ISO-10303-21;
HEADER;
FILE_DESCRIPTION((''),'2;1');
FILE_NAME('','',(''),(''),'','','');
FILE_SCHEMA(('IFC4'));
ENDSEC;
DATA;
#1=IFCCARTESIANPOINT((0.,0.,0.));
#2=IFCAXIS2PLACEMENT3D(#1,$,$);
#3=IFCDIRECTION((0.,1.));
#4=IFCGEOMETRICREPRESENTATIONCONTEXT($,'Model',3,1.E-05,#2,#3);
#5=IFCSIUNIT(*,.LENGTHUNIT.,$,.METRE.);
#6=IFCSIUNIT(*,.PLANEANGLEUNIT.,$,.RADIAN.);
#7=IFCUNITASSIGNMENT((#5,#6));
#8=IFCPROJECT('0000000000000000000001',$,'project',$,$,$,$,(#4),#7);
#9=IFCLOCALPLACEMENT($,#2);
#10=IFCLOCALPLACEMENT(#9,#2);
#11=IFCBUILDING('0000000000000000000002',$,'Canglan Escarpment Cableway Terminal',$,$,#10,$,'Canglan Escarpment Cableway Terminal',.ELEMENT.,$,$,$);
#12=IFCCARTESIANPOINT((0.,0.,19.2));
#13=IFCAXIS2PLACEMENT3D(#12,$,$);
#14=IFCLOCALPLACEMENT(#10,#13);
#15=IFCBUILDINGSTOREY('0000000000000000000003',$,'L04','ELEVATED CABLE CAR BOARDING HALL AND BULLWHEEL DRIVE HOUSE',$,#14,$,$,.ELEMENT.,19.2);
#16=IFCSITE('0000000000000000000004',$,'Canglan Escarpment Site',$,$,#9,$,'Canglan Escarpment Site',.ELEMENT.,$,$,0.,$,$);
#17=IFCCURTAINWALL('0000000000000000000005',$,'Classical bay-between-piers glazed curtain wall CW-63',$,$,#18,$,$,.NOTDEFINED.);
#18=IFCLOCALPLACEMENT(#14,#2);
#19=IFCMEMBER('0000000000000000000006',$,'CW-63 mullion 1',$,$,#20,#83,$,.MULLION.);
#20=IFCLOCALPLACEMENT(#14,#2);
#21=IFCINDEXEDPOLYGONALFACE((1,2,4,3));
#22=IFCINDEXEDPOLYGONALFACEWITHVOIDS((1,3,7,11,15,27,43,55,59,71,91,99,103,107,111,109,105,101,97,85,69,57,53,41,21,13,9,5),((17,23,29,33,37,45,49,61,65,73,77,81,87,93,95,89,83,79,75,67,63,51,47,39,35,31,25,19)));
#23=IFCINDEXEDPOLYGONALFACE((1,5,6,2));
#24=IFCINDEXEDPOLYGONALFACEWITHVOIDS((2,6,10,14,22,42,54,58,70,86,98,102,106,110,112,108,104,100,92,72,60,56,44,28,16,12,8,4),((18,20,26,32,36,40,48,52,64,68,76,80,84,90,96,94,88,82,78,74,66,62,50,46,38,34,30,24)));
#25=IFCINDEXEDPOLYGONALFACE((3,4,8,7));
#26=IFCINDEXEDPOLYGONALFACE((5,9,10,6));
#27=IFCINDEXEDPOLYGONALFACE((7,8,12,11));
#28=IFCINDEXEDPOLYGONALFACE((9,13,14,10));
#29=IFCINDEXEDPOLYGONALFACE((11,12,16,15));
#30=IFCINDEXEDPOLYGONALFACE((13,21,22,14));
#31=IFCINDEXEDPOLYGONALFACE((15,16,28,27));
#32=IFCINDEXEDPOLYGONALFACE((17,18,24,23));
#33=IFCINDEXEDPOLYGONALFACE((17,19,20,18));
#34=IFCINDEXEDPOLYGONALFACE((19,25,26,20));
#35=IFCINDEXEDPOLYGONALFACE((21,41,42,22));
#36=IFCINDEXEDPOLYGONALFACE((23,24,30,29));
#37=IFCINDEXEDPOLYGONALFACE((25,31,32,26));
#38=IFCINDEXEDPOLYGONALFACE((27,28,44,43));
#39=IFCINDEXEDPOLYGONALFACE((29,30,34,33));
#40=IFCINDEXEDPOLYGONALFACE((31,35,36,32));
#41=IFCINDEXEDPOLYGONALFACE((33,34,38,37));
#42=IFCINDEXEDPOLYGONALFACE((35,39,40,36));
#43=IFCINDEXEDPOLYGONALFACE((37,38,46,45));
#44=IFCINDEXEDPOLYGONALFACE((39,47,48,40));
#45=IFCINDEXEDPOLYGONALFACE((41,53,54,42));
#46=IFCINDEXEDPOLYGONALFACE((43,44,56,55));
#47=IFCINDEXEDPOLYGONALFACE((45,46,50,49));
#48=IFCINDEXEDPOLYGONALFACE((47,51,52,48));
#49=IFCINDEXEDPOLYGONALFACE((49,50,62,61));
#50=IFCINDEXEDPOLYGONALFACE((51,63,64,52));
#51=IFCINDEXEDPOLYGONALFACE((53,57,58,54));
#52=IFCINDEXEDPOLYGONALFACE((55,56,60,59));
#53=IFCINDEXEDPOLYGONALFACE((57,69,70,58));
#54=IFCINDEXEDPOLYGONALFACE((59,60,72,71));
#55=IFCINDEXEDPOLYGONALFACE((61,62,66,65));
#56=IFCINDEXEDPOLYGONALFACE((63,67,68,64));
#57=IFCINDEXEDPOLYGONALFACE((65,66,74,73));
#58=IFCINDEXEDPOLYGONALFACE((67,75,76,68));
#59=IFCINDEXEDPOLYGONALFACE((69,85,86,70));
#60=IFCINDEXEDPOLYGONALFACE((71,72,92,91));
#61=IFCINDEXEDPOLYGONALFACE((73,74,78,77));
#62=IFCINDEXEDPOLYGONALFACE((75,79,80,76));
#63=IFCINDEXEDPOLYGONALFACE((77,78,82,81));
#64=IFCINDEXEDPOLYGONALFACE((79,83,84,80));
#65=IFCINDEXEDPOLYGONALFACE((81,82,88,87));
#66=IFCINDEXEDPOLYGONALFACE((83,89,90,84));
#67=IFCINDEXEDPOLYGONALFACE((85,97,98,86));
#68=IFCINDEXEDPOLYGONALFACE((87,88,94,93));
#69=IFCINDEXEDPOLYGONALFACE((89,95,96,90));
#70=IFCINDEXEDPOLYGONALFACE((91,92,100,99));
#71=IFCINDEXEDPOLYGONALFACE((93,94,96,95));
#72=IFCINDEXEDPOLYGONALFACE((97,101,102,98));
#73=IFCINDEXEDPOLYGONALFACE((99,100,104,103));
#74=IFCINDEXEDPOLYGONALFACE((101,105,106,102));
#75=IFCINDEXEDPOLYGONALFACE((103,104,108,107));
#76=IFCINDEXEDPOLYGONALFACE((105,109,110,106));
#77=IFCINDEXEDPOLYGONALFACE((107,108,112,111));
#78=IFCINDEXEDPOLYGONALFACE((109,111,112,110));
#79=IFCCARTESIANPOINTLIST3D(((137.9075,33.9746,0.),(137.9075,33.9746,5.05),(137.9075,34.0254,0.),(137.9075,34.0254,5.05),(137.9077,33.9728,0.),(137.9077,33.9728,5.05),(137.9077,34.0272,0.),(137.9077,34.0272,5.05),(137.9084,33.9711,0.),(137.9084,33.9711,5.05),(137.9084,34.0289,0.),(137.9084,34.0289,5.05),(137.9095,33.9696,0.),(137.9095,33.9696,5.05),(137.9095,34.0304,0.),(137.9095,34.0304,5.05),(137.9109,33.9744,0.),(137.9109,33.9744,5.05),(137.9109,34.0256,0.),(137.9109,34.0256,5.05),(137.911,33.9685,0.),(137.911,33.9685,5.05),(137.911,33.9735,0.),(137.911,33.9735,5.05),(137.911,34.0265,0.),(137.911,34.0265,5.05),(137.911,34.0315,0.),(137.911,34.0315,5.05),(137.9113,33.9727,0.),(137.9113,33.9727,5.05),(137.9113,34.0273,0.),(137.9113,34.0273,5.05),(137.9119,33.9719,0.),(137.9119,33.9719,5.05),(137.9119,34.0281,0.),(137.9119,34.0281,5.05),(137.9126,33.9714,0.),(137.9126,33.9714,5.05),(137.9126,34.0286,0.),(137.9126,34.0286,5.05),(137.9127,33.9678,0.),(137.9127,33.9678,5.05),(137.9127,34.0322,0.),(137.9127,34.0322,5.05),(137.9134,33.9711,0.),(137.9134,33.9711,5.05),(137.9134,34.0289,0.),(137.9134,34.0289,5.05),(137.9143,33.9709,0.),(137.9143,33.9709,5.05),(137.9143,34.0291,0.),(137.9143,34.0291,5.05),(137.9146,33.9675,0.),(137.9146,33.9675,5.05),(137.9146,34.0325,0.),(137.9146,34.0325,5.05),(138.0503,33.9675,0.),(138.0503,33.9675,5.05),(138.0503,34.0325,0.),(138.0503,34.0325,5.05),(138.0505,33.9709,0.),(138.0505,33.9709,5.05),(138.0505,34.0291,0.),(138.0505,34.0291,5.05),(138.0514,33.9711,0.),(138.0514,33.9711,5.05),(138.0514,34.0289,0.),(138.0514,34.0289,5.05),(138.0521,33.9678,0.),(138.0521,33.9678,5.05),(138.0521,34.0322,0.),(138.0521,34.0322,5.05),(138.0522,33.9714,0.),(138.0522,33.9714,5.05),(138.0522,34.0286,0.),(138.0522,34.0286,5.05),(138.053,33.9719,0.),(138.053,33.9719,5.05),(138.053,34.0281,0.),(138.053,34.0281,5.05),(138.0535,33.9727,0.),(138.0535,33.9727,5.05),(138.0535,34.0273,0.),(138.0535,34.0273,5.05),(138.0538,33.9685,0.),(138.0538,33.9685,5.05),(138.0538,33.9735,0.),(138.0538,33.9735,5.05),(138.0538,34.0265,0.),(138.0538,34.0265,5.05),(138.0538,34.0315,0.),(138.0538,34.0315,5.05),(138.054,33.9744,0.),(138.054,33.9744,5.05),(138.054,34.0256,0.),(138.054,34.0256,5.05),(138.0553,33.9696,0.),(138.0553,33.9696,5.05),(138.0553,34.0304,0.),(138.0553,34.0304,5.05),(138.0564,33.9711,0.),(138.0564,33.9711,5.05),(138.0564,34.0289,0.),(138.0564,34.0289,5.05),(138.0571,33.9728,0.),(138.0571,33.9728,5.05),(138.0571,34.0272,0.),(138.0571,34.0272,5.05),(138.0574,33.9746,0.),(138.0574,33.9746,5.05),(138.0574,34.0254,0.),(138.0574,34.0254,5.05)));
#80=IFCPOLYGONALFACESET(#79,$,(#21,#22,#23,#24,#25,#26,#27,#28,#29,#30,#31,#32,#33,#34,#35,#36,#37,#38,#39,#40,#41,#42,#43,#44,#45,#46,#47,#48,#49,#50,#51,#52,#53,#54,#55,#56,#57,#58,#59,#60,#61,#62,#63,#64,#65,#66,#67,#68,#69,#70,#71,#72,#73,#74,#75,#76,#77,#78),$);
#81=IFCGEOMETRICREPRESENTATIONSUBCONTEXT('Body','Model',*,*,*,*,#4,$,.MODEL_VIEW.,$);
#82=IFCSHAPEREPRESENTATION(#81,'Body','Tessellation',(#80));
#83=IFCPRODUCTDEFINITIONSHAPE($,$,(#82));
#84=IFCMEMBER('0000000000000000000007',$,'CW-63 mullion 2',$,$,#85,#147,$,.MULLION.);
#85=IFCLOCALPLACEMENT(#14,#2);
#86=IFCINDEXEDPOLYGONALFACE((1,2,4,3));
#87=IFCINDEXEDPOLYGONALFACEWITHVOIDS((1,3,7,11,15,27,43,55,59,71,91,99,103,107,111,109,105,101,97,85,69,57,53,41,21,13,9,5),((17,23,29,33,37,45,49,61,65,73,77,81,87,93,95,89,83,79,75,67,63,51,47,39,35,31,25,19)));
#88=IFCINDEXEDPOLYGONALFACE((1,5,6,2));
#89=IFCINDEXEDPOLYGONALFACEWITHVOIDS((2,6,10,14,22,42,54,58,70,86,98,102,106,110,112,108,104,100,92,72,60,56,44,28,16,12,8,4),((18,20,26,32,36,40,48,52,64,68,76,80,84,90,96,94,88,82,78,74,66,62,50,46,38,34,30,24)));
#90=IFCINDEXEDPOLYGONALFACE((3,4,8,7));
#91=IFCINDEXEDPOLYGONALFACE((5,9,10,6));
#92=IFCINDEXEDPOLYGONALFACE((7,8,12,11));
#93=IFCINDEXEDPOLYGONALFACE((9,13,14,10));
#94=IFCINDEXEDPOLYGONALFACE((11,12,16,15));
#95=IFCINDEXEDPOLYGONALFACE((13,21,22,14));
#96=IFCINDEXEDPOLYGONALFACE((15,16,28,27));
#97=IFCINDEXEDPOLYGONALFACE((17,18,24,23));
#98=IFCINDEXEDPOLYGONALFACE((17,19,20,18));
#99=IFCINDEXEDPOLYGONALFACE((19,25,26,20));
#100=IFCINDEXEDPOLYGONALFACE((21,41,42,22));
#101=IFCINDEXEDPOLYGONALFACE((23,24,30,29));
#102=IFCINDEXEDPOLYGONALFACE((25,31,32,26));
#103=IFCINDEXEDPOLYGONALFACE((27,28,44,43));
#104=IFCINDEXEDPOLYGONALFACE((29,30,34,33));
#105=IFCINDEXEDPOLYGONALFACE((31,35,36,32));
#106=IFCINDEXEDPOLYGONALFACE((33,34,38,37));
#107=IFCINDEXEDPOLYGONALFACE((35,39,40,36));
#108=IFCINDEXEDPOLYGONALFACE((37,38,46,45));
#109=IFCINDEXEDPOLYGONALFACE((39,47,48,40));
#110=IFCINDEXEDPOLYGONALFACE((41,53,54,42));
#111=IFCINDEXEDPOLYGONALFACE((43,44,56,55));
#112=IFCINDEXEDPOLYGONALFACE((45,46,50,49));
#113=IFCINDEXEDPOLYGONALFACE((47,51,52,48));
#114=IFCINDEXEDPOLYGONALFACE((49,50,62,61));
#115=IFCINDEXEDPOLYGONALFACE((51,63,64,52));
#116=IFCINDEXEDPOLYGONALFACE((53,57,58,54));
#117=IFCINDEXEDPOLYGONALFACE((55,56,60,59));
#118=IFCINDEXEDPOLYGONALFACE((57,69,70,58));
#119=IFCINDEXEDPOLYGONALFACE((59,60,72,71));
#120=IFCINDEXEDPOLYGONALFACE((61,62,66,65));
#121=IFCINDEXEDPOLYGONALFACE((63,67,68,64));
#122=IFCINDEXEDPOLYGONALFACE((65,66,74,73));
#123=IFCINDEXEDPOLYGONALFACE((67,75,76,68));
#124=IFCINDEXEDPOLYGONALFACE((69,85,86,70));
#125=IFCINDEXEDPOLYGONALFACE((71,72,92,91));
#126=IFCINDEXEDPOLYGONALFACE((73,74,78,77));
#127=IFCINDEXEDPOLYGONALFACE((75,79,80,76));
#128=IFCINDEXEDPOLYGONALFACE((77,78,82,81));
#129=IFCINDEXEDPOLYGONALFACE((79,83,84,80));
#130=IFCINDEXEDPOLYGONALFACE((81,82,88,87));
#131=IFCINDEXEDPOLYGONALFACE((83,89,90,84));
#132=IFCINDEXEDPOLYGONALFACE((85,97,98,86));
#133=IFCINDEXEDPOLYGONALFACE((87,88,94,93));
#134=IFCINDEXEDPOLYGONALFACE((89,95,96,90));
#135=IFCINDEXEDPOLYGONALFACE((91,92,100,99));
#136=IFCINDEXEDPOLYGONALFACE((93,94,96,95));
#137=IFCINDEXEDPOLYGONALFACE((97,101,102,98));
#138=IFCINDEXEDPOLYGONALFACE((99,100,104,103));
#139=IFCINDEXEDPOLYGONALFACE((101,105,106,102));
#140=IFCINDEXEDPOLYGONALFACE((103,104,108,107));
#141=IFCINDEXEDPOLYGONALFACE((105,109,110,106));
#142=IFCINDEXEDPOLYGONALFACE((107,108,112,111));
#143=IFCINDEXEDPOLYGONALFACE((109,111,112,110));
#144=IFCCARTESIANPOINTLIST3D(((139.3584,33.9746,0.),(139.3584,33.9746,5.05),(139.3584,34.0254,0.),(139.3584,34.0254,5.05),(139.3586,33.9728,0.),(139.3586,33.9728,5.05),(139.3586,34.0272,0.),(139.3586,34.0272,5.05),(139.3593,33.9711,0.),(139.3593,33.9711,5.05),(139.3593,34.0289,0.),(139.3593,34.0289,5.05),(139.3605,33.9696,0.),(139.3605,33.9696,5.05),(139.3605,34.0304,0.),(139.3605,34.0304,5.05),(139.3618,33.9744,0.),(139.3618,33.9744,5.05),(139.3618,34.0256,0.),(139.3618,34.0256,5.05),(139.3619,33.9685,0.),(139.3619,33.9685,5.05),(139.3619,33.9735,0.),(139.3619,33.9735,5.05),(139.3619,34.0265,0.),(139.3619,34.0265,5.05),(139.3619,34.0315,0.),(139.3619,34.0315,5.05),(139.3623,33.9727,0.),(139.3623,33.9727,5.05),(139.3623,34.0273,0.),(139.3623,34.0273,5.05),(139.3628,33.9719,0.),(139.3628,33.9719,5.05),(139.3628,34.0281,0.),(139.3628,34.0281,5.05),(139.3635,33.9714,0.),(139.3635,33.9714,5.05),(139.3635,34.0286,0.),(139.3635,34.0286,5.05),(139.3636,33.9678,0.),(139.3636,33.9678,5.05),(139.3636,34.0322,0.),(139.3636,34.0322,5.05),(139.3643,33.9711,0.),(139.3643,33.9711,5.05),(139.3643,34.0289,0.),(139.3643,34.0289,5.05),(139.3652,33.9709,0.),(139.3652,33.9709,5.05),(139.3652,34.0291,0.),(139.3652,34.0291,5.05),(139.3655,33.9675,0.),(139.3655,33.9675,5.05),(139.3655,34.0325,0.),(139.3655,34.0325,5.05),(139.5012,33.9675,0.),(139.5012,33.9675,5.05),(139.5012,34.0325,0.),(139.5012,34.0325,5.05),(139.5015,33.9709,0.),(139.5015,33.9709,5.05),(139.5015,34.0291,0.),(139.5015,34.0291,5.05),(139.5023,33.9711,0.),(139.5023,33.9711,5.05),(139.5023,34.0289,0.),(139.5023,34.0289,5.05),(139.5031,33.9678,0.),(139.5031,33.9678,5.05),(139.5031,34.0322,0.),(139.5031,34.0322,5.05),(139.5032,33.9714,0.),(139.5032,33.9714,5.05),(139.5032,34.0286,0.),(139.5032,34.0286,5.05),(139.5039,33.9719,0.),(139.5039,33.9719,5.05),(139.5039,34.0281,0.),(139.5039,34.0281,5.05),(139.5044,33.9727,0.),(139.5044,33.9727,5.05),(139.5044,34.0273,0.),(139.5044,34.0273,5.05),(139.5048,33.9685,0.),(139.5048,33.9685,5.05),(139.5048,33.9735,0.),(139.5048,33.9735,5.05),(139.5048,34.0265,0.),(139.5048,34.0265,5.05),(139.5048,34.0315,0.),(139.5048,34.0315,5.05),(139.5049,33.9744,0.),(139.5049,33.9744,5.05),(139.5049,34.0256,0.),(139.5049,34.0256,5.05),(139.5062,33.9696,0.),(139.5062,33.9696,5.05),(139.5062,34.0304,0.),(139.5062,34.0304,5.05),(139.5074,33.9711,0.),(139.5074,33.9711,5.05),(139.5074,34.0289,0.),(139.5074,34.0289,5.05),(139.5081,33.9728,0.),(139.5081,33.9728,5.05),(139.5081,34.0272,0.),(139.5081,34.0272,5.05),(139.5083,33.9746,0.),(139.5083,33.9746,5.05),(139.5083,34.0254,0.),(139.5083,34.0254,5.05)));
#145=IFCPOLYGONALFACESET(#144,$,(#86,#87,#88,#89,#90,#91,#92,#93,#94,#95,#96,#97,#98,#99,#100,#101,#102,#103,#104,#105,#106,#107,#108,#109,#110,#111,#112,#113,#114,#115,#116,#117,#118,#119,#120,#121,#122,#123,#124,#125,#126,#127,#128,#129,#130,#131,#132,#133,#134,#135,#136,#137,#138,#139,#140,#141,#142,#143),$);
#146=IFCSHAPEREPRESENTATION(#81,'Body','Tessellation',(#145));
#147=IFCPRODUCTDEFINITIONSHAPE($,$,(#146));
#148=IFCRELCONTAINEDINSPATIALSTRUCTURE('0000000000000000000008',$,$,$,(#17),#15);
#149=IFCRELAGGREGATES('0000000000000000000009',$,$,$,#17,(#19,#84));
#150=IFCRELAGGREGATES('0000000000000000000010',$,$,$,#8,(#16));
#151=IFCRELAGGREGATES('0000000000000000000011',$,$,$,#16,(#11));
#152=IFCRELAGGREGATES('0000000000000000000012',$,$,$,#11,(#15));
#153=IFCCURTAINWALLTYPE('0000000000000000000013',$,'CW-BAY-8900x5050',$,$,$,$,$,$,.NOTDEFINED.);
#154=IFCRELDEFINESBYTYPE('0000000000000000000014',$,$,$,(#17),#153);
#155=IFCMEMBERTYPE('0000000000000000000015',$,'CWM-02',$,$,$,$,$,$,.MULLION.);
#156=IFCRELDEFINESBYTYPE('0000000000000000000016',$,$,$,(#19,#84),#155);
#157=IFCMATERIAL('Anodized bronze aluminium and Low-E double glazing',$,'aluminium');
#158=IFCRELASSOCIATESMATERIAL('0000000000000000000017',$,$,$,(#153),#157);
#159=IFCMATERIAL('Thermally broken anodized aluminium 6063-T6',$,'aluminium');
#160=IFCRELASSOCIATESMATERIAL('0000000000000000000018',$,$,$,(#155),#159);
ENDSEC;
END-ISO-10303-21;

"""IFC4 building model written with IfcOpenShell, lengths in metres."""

from ifc_helpers import new_model, si_unit, direction, frame, origin, origin_2d, place, context, subcontext, project, spatial, hollow_rectangle, extrude, material, material_profile, profile_set, type_object, element, aggregate, save


model = new_model("IFC4")

# Units and contexts
model_context = context("Model", 3, precision=1e-05, world=origin(), true_north=direction((0.0, 1.0)))
body_context = subcontext(model_context, "Body", "Model", "MODEL_VIEW")
ifc_project = project(units=[si_unit("LENGTHUNIT", "METRE"), si_unit("PLANEANGLEUNIT", "RADIAN")], contexts=[model_context])

# Site, building, storey
site_placement = place(None, origin())
site = spatial("IfcSite", under=ifc_project, at=site_placement, Name="Canglan Escarpment Site", LongName="Canglan Escarpment Site", CompositionType="ELEMENT", RefElevation=0.0)
building_placement = place(site_placement, origin())
building = spatial("IfcBuilding", under=site, at=building_placement, Name="Canglan Escarpment Cableway Terminal", LongName="Canglan Escarpment Cableway Terminal", CompositionType="ELEMENT")
storey_placement = place(building_placement, frame((0.0, 0.0, 19.2)))
storey = spatial("IfcBuildingStorey", under=building, at=storey_placement, Name="L04", Description="ELEVATED CABLE CAR BOARDING HALL AND BULLWHEEL DRIVE HOUSE", CompositionType="ELEMENT", Elevation=19.2)

# Curtain wall, members
ifc_material_1 = material(Name="Anodized bronze aluminium and Low-E double glazing", Category="aluminium")
curtain_wall_type = type_object("IfcCurtainWallType", Name="CW-BAY-8900x5050", PredefinedType="NOTDEFINED", material=ifc_material_1)
curtain_wall_placement = place(storey_placement, origin())
curtain_wall = element("IfcCurtainWall", 1, at=curtain_wall_placement, inside=storey, type_object=curtain_wall_type, Name="Classical bay-between-piers glazed curtain wall CW-63", PredefinedType="NOTDEFINED")
ifc_material_2 = material(Name="Thermally broken anodized aluminium 6063-T6", Category="aluminium")
ifc_material_profile_1 = material_profile(ifc_material_2, hollow_rectangle(XDim=0.0649, YDim=0.1499, WallThickness=0.0034, InnerFilletRadius=0.0034, OuterFilletRadius=0.0071, at=origin_2d()), Name="ALU-MULL 65x150x3.5")
ifc_profile_set_1 = profile_set([ifc_material_profile_1], Name="Thermally broken anodized aluminium 6063-T6")
member_type_1 = type_object("IfcMemberType", Name="CWM-02", PredefinedType="MULLION", material=ifc_profile_set_1)
member_1_placement = place(storey_placement, frame((137.9824, 34.0, 0.0), z_axis=(0.0, 0.0, 1.0), x_axis=(0.0, 1.0, 0.0)))
member_1 = element("IfcMember", 2, at=member_1_placement, type_object=member_type_1, Name="CW-63 mullion 1", PredefinedType="MULLION", context=body_context, shape_type="SweptSolid", body=[
    extrude(hollow_rectangle(XDim=0.0649, YDim=0.1499, WallThickness=0.0034, InnerFilletRadius=0.0034, OuterFilletRadius=0.0071, at=origin_2d()), origin(), (0.0, 0.0, 1.0), 5.05),
])
member_2_placement = place(storey_placement, frame((139.4333, 34.0, 0.0), z_axis=(0.0, 0.0, 1.0), x_axis=(0.0, 1.0, 0.0)))
member_2 = element("IfcMember", 3, at=member_2_placement, type_object=member_type_1, Name="CW-63 mullion 2", PredefinedType="MULLION", context=body_context, shape_type="SweptSolid", body=[
    extrude(hollow_rectangle(XDim=0.0649, YDim=0.1499, WallThickness=0.0034, InnerFilletRadius=0.0034, OuterFilletRadius=0.0071, at=origin_2d()), origin(), (0.0, 0.0, 1.0), 5.05),
])

aggregate(curtain_wall, [member_1, member_2])

save(model, "model.ifc")
